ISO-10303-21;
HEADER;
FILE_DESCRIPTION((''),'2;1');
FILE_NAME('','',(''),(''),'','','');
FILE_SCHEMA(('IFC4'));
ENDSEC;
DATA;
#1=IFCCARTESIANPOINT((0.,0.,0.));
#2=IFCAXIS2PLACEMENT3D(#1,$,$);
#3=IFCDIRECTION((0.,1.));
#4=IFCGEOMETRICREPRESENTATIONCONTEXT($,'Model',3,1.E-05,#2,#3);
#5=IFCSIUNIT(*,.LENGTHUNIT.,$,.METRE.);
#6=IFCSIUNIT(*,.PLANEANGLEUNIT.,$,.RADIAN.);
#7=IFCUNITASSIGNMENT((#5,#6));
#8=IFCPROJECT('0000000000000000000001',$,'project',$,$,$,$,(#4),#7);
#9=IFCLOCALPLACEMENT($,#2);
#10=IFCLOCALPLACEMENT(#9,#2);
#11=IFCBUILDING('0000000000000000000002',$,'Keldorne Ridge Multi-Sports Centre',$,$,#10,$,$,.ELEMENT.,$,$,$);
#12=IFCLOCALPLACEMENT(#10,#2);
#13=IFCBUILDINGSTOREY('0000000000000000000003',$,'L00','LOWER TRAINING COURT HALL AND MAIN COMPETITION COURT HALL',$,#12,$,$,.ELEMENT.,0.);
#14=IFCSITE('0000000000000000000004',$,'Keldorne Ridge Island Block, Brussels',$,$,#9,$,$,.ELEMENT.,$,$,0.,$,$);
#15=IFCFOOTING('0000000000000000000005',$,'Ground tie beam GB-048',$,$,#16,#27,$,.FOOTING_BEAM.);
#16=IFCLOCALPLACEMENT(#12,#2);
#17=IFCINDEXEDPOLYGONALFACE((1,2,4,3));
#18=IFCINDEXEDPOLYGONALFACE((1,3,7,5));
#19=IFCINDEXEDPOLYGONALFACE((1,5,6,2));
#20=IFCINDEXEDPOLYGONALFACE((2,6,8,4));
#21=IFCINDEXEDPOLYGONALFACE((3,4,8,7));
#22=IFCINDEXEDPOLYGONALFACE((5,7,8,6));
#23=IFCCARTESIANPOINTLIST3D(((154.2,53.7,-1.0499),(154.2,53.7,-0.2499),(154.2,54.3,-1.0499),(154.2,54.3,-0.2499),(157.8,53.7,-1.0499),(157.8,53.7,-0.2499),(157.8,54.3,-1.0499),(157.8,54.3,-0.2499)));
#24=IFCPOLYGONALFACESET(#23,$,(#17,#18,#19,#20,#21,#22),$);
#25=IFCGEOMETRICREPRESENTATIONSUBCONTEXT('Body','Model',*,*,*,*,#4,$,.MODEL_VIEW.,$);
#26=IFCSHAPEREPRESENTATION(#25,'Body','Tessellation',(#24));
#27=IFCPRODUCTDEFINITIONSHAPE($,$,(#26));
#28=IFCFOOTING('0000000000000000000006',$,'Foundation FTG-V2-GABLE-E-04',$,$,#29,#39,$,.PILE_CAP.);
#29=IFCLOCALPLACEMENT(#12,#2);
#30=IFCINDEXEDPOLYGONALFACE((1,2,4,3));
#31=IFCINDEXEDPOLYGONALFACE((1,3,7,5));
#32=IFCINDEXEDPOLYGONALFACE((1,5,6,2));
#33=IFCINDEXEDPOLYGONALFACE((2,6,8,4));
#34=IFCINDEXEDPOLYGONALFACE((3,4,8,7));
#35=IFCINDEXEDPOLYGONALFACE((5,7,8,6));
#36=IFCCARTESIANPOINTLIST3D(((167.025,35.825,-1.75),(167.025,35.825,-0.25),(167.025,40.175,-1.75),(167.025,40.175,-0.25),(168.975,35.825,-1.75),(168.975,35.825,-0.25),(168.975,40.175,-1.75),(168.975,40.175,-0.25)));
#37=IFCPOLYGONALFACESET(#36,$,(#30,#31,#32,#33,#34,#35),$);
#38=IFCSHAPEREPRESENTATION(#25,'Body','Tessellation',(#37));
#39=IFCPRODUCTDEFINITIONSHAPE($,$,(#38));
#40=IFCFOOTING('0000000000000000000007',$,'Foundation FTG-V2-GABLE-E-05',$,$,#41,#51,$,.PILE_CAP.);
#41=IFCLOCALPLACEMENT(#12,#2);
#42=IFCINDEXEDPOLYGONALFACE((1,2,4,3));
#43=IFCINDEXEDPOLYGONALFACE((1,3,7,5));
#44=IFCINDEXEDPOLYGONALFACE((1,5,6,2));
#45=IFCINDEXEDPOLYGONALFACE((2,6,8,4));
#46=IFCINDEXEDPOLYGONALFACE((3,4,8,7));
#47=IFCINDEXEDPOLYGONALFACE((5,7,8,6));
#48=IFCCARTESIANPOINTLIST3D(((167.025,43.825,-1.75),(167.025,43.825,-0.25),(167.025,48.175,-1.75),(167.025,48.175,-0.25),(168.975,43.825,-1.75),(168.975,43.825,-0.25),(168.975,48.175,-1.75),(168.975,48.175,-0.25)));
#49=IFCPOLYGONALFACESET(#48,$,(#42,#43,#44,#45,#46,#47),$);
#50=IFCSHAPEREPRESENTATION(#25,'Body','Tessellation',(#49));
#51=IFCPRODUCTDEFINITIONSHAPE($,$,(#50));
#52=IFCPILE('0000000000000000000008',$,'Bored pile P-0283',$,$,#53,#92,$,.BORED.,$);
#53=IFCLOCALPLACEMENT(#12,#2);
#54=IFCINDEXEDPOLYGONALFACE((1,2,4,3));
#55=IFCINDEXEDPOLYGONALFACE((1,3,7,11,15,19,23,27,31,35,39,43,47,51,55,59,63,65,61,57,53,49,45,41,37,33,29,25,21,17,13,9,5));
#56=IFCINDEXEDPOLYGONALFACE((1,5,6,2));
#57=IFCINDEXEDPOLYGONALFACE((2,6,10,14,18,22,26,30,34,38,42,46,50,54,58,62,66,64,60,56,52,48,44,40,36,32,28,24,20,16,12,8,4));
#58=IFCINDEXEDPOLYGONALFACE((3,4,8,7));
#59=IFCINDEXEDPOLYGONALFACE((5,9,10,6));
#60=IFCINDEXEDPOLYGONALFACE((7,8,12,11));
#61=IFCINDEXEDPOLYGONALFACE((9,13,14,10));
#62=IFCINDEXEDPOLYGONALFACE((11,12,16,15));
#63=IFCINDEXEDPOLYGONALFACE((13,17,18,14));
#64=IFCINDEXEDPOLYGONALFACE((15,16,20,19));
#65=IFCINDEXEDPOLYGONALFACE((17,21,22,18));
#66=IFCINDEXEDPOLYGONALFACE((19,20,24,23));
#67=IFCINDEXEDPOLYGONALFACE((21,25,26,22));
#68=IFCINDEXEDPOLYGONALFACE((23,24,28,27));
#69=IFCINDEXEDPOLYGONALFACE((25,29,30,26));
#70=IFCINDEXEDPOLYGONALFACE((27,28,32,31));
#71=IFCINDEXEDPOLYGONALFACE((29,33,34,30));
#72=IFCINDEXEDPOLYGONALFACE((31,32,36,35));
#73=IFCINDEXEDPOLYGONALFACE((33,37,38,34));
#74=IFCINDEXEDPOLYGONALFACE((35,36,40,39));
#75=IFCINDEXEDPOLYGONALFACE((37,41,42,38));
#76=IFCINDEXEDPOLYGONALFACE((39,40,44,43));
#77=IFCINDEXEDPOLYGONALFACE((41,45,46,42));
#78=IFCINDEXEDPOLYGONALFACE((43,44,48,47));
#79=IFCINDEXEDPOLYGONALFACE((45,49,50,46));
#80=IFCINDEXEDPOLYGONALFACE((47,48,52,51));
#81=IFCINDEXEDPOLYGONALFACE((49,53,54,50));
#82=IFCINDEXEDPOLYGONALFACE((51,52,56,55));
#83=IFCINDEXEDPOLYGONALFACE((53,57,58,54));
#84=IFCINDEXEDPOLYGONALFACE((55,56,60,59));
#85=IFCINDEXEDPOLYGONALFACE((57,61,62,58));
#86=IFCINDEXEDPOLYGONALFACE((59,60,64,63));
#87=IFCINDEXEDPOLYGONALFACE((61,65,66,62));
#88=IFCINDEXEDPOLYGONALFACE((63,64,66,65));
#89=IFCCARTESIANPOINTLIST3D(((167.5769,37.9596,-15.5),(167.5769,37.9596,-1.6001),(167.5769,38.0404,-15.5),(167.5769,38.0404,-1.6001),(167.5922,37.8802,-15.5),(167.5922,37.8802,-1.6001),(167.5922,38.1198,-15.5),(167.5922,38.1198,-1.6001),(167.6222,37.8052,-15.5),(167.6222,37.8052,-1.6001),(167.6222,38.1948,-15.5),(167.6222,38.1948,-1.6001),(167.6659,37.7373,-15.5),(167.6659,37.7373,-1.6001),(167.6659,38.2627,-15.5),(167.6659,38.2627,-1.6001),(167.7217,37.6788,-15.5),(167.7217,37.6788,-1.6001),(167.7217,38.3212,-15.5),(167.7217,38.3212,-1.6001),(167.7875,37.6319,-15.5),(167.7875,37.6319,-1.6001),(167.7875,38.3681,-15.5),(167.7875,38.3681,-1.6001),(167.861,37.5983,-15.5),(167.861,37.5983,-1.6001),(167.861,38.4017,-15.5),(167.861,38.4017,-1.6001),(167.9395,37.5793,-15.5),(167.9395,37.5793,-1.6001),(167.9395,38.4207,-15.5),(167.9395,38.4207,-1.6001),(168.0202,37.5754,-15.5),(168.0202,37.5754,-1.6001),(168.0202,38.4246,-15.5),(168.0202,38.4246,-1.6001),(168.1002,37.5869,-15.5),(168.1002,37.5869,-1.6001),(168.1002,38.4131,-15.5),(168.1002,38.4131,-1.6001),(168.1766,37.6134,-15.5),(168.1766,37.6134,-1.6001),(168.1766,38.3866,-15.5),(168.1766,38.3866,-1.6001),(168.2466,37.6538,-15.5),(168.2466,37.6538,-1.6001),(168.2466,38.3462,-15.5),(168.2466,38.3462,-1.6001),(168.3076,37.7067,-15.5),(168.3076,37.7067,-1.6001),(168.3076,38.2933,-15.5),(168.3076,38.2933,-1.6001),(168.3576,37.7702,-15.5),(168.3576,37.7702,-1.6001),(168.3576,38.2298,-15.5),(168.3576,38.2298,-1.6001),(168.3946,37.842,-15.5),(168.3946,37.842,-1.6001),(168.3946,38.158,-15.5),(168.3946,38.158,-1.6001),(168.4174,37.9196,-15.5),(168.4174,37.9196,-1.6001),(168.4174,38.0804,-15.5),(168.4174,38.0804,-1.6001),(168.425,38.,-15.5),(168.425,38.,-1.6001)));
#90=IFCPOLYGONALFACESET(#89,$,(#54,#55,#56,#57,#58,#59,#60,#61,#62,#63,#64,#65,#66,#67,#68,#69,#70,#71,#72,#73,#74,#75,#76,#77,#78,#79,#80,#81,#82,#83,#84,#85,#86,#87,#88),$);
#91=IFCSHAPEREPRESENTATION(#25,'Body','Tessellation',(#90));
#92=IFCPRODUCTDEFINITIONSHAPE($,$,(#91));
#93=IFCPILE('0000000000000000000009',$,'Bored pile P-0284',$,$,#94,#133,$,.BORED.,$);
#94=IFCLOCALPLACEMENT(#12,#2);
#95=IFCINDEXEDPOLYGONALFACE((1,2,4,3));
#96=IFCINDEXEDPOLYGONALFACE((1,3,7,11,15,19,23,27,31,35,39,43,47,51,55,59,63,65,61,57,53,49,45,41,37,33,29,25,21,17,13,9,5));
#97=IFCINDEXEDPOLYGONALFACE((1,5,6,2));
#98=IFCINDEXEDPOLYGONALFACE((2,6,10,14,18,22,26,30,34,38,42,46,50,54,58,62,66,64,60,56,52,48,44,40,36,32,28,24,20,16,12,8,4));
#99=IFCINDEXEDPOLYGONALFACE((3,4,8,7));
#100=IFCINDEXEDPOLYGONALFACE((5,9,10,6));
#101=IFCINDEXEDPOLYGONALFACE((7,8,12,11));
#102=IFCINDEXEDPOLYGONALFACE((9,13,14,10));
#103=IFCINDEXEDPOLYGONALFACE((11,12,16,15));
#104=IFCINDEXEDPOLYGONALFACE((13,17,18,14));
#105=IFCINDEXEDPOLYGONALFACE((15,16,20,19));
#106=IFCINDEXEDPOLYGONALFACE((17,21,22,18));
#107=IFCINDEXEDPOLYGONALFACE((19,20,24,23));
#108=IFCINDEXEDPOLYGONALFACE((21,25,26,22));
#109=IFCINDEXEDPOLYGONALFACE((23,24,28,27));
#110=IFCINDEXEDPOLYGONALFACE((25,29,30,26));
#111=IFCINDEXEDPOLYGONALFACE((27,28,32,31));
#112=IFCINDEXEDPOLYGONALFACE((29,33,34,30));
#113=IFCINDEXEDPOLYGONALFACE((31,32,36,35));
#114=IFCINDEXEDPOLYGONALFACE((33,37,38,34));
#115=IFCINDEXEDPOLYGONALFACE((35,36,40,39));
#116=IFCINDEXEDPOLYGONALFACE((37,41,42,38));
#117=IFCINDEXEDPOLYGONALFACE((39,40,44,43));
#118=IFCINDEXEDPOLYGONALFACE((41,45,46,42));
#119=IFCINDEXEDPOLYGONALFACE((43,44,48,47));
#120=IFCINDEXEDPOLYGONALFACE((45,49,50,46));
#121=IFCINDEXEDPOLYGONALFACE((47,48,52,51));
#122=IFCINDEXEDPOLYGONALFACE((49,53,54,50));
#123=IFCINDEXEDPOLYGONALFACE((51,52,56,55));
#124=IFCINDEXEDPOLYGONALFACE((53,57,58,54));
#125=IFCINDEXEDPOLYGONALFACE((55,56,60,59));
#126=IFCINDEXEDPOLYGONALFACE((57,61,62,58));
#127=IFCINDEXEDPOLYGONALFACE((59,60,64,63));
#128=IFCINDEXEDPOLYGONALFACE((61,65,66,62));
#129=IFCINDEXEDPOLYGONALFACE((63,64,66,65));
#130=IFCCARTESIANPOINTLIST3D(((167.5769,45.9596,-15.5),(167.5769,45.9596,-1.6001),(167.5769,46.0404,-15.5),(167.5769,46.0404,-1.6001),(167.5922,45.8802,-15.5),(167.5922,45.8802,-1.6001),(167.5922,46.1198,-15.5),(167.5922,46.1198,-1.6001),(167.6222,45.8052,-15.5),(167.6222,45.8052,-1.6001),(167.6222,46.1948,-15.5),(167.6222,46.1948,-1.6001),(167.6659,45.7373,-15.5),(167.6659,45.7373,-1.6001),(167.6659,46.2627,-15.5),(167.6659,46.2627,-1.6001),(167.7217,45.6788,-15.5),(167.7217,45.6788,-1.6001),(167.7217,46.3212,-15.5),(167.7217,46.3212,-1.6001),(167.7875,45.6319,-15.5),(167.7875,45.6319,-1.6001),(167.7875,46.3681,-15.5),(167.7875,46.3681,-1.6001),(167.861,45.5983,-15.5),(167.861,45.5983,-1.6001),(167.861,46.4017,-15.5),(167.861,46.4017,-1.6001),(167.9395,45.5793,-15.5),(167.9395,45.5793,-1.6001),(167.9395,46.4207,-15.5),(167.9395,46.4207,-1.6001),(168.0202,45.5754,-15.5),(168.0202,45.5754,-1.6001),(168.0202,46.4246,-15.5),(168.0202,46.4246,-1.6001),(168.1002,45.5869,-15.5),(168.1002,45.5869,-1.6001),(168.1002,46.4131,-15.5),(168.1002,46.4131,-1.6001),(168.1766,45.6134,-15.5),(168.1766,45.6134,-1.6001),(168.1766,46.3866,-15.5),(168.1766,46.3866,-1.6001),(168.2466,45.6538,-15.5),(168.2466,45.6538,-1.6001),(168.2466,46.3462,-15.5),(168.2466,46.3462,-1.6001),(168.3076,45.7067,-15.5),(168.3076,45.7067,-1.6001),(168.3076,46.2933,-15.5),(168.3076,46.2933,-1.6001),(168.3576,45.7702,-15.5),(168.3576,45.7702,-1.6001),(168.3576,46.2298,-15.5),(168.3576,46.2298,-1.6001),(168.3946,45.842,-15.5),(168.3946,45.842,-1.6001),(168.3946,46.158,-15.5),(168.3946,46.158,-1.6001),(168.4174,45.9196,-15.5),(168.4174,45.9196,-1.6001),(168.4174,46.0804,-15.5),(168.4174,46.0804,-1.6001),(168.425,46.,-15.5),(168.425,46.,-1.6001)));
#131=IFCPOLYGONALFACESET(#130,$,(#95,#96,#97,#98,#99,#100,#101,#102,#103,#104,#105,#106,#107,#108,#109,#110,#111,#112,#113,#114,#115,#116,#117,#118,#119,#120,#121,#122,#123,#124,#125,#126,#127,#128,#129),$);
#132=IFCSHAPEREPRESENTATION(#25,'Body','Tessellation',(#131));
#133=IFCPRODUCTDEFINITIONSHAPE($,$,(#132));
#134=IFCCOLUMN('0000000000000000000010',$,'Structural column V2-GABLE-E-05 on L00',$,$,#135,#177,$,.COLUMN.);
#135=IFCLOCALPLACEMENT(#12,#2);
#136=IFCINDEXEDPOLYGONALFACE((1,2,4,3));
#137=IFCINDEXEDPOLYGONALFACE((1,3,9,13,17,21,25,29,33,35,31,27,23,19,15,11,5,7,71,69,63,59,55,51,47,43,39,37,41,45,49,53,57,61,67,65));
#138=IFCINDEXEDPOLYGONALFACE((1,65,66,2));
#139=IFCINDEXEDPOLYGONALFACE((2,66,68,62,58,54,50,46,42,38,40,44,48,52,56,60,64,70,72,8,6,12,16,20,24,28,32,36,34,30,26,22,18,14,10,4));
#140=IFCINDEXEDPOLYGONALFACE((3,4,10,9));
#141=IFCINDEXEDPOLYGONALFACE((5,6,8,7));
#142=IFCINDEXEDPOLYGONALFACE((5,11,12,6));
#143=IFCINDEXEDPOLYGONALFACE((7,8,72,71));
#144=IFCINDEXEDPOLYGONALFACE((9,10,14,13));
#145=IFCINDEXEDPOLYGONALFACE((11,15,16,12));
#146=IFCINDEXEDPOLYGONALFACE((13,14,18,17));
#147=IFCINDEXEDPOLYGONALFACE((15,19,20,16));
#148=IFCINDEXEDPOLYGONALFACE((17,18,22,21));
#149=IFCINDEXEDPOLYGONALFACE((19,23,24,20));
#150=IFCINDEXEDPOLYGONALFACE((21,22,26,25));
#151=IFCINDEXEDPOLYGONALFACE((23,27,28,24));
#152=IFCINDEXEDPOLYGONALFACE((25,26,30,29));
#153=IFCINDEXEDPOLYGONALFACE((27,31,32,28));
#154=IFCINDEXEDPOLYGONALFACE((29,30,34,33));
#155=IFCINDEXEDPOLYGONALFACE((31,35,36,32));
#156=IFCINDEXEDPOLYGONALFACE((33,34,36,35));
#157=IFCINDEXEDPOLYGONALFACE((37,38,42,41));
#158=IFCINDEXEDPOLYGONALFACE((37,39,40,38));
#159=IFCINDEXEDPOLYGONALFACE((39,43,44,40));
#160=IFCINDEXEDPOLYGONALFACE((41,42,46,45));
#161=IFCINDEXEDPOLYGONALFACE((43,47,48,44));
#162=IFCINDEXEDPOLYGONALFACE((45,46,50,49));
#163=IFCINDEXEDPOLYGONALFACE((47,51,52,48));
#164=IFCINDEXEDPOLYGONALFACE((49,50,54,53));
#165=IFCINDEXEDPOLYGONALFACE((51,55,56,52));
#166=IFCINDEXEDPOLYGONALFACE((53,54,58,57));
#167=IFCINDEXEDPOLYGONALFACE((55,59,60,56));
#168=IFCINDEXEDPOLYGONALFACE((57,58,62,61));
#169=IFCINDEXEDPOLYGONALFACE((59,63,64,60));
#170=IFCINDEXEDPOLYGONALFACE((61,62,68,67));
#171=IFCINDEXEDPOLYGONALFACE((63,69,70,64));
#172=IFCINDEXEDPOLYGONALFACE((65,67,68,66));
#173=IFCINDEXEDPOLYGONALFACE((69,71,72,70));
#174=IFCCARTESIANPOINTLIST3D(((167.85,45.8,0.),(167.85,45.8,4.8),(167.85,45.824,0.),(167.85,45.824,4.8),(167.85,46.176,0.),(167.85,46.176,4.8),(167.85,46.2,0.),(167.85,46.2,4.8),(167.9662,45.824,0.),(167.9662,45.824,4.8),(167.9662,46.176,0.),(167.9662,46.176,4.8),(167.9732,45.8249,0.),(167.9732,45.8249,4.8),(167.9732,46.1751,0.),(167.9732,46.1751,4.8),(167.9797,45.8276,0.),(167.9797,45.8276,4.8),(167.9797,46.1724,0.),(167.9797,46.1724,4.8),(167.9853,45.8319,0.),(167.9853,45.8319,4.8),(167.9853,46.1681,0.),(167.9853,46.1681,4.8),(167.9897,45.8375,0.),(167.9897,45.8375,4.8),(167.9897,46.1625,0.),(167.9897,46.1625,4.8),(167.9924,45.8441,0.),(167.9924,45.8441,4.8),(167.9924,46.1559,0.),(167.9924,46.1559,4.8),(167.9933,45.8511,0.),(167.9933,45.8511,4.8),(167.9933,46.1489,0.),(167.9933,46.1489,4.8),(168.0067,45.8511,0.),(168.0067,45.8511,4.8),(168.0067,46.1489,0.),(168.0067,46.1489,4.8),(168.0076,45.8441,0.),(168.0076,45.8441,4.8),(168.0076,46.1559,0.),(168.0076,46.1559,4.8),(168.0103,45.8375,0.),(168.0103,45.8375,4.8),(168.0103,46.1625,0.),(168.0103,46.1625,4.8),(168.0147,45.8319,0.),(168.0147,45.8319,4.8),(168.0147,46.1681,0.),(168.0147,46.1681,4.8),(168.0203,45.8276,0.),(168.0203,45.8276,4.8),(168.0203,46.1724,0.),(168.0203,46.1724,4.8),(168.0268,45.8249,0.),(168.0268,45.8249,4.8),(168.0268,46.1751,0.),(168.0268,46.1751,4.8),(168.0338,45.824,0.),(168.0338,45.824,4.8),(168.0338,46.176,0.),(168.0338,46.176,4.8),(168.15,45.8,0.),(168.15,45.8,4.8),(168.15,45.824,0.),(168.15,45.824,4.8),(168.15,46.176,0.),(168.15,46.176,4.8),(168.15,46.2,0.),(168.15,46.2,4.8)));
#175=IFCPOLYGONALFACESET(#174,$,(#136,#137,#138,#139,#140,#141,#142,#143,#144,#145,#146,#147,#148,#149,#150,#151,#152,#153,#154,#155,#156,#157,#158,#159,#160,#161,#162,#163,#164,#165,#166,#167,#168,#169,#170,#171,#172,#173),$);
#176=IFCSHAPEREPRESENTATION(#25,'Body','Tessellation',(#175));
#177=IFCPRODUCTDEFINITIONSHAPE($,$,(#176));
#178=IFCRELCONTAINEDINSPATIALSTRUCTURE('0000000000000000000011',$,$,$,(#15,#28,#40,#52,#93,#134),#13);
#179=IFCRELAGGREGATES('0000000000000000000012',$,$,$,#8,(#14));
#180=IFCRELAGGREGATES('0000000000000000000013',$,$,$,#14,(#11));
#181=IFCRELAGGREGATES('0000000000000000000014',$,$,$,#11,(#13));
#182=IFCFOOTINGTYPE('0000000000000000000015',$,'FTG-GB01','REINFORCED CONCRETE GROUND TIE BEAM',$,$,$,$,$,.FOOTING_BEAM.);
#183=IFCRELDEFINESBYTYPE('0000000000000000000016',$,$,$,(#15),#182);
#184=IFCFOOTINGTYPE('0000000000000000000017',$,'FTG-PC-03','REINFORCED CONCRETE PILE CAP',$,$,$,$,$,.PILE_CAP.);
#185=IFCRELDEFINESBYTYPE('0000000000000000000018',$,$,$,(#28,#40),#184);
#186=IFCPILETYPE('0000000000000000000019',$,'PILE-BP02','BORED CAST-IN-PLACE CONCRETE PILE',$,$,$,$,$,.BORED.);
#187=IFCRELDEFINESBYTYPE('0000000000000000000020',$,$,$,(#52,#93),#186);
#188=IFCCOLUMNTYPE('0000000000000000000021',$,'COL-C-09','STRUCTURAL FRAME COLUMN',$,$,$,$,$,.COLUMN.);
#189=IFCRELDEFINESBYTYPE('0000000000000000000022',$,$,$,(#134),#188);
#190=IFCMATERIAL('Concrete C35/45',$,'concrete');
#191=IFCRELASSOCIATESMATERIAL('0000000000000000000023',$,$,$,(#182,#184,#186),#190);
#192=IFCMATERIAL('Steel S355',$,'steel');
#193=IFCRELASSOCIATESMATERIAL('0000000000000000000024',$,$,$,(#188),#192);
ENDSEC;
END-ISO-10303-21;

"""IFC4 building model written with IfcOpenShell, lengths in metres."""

from ifc_helpers import new_model, si_unit, direction, frame, origin, origin_2d, place, context, subcontext, project, spatial, rectangle, circle, i_section, extrude, material, material_profile, profile_set, type_object, element, save


model = new_model("IFC4")

# Units and contexts
model_context = context("Model", 3, precision=1e-05, world=origin(), true_north=direction((0.0, 1.0)))
body_context = subcontext(model_context, "Body", "Model", "MODEL_VIEW")
ifc_project = project(units=[si_unit("LENGTHUNIT", "METRE"), si_unit("PLANEANGLEUNIT", "RADIAN")], contexts=[model_context])

# Site, building, storey
site_placement = place(None, origin())
site = spatial("IfcSite", under=ifc_project, at=site_placement, Name="Keldorne Ridge Island Block, Brussels", CompositionType="ELEMENT", RefElevation=0.0)
building_placement = place(site_placement, origin())
building = spatial("IfcBuilding", under=site, at=building_placement, Name="Keldorne Ridge Multi-Sports Centre", CompositionType="ELEMENT")
storey_placement = place(building_placement, origin())
storey = spatial("IfcBuildingStorey", under=building, at=storey_placement, Name="L00", Description="LOWER TRAINING COURT HALL AND MAIN COMPETITION COURT HALL", CompositionType="ELEMENT", Elevation=0.0)

# Footings
ifc_material_1 = material(Name="Concrete C35/45", Category="concrete")
ifc_material_profile_1 = material_profile(ifc_material_1, rectangle(XDim=0.6001, YDim=0.8, at=origin_2d()), Name="GB 600x800")
ifc_profile_set_1 = profile_set([ifc_material_profile_1], Name="Concrete C35/45")
footing_type_1 = type_object("IfcFootingType", Name="FTG-GB01", Description="REINFORCED CONCRETE GROUND TIE BEAM", PredefinedType="FOOTING_BEAM", material=ifc_profile_set_1)
footing_placement = place(storey_placement, frame((154.2, 54.0, -0.6499), z_axis=(1.0, 0.0, 0.0), x_axis=(0.0, 1.0, 0.0)))
element("IfcFooting", 1, at=footing_placement, inside=storey, type_object=footing_type_1, Name="Ground tie beam GB-048", PredefinedType="FOOTING_BEAM", context=body_context, shape_type="SweptSolid", body=[
    extrude(rectangle(XDim=0.6001, YDim=0.8, at=origin_2d()), origin(), (0.0, 0.0, 1.0), 3.6001),
])
footing_type_2 = type_object("IfcFootingType", Name="FTG-PC-03", Description="REINFORCED CONCRETE PILE CAP", PredefinedType="PILE_CAP", material=ifc_material_1)
for number, where, z_axis, x_axis, name in (
    (2, (168.0, 38.0, -1.75), (0.0, 0.0, 1.0), (1.0, 0.0, 0.0), "Foundation FTG-V2-GABLE-E-04"),
    (3, (168.0, 46.0, -1.75), (0.0, 0.0, 1.0), (1.0, 0.0, 0.0), "Foundation FTG-V2-GABLE-E-05"),
):
    element("IfcFooting", number, at=place(storey_placement, frame(where, z_axis=z_axis, x_axis=x_axis)), inside=storey, type_object=footing_type_2, Name=name, PredefinedType="PILE_CAP", context=body_context, shape_type="SweptSolid", body=[
        extrude(rectangle(XDim=1.95, YDim=4.3501, at=origin_2d()), origin(), (0.0, 0.0, 1.0), 1.5),
    ])

# Piles
ifc_material_profile_2 = material_profile(ifc_material_1, circle(Radius=0.425, at=origin_2d()), Name="BORED PILE D850")
ifc_profile_set_2 = profile_set([ifc_material_profile_2], Name="Concrete C35/45")
pile_type = type_object("IfcPileType", Name="PILE-BP02", Description="BORED CAST-IN-PLACE CONCRETE PILE", PredefinedType="BORED", material=ifc_profile_set_2)
for number, where, z_axis, x_axis, name in (
    (4, (168.0, 38.0, -1.6001), (0.0, 0.0, -1.0), (1.0, 0.0, 0.0), "Bored pile P-0283"),
    (5, (168.0, 46.0, -1.6001), (0.0, 0.0, -1.0), (1.0, 0.0, 0.0), "Bored pile P-0284"),
):
    element("IfcPile", number, at=place(storey_placement, frame(where, z_axis=z_axis, x_axis=x_axis)), inside=storey, type_object=pile_type, Name=name, PredefinedType="BORED", context=body_context, shape_type="SweptSolid", body=[
        extrude(circle(Radius=0.425, at=origin_2d()), origin(), (0.0, 0.0, 1.0), 13.8999),
    ])

# Column
ifc_material_2 = material(Name="Steel S355", Category="steel")
ifc_material_profile_3 = material_profile(ifc_material_2, i_section(OverallWidth=0.3, OverallDepth=0.3999, WebThickness=0.0134, FlangeThickness=0.0239, FilletRadius=0.0271, at=origin_2d()), Name="HEB 400")
ifc_profile_set_3 = profile_set([ifc_material_profile_3], Name="Steel S355")
column_type = type_object("IfcColumnType", Name="COL-C-09", Description="STRUCTURAL FRAME COLUMN", PredefinedType="COLUMN", material=ifc_profile_set_3)
column_placement = place(storey_placement, frame((168.0, 46.0, 0.0), z_axis=(0.0, 0.0, 1.0), x_axis=(1.0, 0.0, 0.0)))
element("IfcColumn", 6, at=column_placement, inside=storey, type_object=column_type, Name="Structural column V2-GABLE-E-05 on L00", PredefinedType="COLUMN", context=body_context, shape_type="SweptSolid", body=[
    extrude(i_section(OverallWidth=0.3, OverallDepth=0.3999, WebThickness=0.0134, FlangeThickness=0.0239, FilletRadius=0.0271, at=origin_2d()), origin(), (0.0, 0.0, 1.0), 4.8),
])

save(model, "model.ifc")
